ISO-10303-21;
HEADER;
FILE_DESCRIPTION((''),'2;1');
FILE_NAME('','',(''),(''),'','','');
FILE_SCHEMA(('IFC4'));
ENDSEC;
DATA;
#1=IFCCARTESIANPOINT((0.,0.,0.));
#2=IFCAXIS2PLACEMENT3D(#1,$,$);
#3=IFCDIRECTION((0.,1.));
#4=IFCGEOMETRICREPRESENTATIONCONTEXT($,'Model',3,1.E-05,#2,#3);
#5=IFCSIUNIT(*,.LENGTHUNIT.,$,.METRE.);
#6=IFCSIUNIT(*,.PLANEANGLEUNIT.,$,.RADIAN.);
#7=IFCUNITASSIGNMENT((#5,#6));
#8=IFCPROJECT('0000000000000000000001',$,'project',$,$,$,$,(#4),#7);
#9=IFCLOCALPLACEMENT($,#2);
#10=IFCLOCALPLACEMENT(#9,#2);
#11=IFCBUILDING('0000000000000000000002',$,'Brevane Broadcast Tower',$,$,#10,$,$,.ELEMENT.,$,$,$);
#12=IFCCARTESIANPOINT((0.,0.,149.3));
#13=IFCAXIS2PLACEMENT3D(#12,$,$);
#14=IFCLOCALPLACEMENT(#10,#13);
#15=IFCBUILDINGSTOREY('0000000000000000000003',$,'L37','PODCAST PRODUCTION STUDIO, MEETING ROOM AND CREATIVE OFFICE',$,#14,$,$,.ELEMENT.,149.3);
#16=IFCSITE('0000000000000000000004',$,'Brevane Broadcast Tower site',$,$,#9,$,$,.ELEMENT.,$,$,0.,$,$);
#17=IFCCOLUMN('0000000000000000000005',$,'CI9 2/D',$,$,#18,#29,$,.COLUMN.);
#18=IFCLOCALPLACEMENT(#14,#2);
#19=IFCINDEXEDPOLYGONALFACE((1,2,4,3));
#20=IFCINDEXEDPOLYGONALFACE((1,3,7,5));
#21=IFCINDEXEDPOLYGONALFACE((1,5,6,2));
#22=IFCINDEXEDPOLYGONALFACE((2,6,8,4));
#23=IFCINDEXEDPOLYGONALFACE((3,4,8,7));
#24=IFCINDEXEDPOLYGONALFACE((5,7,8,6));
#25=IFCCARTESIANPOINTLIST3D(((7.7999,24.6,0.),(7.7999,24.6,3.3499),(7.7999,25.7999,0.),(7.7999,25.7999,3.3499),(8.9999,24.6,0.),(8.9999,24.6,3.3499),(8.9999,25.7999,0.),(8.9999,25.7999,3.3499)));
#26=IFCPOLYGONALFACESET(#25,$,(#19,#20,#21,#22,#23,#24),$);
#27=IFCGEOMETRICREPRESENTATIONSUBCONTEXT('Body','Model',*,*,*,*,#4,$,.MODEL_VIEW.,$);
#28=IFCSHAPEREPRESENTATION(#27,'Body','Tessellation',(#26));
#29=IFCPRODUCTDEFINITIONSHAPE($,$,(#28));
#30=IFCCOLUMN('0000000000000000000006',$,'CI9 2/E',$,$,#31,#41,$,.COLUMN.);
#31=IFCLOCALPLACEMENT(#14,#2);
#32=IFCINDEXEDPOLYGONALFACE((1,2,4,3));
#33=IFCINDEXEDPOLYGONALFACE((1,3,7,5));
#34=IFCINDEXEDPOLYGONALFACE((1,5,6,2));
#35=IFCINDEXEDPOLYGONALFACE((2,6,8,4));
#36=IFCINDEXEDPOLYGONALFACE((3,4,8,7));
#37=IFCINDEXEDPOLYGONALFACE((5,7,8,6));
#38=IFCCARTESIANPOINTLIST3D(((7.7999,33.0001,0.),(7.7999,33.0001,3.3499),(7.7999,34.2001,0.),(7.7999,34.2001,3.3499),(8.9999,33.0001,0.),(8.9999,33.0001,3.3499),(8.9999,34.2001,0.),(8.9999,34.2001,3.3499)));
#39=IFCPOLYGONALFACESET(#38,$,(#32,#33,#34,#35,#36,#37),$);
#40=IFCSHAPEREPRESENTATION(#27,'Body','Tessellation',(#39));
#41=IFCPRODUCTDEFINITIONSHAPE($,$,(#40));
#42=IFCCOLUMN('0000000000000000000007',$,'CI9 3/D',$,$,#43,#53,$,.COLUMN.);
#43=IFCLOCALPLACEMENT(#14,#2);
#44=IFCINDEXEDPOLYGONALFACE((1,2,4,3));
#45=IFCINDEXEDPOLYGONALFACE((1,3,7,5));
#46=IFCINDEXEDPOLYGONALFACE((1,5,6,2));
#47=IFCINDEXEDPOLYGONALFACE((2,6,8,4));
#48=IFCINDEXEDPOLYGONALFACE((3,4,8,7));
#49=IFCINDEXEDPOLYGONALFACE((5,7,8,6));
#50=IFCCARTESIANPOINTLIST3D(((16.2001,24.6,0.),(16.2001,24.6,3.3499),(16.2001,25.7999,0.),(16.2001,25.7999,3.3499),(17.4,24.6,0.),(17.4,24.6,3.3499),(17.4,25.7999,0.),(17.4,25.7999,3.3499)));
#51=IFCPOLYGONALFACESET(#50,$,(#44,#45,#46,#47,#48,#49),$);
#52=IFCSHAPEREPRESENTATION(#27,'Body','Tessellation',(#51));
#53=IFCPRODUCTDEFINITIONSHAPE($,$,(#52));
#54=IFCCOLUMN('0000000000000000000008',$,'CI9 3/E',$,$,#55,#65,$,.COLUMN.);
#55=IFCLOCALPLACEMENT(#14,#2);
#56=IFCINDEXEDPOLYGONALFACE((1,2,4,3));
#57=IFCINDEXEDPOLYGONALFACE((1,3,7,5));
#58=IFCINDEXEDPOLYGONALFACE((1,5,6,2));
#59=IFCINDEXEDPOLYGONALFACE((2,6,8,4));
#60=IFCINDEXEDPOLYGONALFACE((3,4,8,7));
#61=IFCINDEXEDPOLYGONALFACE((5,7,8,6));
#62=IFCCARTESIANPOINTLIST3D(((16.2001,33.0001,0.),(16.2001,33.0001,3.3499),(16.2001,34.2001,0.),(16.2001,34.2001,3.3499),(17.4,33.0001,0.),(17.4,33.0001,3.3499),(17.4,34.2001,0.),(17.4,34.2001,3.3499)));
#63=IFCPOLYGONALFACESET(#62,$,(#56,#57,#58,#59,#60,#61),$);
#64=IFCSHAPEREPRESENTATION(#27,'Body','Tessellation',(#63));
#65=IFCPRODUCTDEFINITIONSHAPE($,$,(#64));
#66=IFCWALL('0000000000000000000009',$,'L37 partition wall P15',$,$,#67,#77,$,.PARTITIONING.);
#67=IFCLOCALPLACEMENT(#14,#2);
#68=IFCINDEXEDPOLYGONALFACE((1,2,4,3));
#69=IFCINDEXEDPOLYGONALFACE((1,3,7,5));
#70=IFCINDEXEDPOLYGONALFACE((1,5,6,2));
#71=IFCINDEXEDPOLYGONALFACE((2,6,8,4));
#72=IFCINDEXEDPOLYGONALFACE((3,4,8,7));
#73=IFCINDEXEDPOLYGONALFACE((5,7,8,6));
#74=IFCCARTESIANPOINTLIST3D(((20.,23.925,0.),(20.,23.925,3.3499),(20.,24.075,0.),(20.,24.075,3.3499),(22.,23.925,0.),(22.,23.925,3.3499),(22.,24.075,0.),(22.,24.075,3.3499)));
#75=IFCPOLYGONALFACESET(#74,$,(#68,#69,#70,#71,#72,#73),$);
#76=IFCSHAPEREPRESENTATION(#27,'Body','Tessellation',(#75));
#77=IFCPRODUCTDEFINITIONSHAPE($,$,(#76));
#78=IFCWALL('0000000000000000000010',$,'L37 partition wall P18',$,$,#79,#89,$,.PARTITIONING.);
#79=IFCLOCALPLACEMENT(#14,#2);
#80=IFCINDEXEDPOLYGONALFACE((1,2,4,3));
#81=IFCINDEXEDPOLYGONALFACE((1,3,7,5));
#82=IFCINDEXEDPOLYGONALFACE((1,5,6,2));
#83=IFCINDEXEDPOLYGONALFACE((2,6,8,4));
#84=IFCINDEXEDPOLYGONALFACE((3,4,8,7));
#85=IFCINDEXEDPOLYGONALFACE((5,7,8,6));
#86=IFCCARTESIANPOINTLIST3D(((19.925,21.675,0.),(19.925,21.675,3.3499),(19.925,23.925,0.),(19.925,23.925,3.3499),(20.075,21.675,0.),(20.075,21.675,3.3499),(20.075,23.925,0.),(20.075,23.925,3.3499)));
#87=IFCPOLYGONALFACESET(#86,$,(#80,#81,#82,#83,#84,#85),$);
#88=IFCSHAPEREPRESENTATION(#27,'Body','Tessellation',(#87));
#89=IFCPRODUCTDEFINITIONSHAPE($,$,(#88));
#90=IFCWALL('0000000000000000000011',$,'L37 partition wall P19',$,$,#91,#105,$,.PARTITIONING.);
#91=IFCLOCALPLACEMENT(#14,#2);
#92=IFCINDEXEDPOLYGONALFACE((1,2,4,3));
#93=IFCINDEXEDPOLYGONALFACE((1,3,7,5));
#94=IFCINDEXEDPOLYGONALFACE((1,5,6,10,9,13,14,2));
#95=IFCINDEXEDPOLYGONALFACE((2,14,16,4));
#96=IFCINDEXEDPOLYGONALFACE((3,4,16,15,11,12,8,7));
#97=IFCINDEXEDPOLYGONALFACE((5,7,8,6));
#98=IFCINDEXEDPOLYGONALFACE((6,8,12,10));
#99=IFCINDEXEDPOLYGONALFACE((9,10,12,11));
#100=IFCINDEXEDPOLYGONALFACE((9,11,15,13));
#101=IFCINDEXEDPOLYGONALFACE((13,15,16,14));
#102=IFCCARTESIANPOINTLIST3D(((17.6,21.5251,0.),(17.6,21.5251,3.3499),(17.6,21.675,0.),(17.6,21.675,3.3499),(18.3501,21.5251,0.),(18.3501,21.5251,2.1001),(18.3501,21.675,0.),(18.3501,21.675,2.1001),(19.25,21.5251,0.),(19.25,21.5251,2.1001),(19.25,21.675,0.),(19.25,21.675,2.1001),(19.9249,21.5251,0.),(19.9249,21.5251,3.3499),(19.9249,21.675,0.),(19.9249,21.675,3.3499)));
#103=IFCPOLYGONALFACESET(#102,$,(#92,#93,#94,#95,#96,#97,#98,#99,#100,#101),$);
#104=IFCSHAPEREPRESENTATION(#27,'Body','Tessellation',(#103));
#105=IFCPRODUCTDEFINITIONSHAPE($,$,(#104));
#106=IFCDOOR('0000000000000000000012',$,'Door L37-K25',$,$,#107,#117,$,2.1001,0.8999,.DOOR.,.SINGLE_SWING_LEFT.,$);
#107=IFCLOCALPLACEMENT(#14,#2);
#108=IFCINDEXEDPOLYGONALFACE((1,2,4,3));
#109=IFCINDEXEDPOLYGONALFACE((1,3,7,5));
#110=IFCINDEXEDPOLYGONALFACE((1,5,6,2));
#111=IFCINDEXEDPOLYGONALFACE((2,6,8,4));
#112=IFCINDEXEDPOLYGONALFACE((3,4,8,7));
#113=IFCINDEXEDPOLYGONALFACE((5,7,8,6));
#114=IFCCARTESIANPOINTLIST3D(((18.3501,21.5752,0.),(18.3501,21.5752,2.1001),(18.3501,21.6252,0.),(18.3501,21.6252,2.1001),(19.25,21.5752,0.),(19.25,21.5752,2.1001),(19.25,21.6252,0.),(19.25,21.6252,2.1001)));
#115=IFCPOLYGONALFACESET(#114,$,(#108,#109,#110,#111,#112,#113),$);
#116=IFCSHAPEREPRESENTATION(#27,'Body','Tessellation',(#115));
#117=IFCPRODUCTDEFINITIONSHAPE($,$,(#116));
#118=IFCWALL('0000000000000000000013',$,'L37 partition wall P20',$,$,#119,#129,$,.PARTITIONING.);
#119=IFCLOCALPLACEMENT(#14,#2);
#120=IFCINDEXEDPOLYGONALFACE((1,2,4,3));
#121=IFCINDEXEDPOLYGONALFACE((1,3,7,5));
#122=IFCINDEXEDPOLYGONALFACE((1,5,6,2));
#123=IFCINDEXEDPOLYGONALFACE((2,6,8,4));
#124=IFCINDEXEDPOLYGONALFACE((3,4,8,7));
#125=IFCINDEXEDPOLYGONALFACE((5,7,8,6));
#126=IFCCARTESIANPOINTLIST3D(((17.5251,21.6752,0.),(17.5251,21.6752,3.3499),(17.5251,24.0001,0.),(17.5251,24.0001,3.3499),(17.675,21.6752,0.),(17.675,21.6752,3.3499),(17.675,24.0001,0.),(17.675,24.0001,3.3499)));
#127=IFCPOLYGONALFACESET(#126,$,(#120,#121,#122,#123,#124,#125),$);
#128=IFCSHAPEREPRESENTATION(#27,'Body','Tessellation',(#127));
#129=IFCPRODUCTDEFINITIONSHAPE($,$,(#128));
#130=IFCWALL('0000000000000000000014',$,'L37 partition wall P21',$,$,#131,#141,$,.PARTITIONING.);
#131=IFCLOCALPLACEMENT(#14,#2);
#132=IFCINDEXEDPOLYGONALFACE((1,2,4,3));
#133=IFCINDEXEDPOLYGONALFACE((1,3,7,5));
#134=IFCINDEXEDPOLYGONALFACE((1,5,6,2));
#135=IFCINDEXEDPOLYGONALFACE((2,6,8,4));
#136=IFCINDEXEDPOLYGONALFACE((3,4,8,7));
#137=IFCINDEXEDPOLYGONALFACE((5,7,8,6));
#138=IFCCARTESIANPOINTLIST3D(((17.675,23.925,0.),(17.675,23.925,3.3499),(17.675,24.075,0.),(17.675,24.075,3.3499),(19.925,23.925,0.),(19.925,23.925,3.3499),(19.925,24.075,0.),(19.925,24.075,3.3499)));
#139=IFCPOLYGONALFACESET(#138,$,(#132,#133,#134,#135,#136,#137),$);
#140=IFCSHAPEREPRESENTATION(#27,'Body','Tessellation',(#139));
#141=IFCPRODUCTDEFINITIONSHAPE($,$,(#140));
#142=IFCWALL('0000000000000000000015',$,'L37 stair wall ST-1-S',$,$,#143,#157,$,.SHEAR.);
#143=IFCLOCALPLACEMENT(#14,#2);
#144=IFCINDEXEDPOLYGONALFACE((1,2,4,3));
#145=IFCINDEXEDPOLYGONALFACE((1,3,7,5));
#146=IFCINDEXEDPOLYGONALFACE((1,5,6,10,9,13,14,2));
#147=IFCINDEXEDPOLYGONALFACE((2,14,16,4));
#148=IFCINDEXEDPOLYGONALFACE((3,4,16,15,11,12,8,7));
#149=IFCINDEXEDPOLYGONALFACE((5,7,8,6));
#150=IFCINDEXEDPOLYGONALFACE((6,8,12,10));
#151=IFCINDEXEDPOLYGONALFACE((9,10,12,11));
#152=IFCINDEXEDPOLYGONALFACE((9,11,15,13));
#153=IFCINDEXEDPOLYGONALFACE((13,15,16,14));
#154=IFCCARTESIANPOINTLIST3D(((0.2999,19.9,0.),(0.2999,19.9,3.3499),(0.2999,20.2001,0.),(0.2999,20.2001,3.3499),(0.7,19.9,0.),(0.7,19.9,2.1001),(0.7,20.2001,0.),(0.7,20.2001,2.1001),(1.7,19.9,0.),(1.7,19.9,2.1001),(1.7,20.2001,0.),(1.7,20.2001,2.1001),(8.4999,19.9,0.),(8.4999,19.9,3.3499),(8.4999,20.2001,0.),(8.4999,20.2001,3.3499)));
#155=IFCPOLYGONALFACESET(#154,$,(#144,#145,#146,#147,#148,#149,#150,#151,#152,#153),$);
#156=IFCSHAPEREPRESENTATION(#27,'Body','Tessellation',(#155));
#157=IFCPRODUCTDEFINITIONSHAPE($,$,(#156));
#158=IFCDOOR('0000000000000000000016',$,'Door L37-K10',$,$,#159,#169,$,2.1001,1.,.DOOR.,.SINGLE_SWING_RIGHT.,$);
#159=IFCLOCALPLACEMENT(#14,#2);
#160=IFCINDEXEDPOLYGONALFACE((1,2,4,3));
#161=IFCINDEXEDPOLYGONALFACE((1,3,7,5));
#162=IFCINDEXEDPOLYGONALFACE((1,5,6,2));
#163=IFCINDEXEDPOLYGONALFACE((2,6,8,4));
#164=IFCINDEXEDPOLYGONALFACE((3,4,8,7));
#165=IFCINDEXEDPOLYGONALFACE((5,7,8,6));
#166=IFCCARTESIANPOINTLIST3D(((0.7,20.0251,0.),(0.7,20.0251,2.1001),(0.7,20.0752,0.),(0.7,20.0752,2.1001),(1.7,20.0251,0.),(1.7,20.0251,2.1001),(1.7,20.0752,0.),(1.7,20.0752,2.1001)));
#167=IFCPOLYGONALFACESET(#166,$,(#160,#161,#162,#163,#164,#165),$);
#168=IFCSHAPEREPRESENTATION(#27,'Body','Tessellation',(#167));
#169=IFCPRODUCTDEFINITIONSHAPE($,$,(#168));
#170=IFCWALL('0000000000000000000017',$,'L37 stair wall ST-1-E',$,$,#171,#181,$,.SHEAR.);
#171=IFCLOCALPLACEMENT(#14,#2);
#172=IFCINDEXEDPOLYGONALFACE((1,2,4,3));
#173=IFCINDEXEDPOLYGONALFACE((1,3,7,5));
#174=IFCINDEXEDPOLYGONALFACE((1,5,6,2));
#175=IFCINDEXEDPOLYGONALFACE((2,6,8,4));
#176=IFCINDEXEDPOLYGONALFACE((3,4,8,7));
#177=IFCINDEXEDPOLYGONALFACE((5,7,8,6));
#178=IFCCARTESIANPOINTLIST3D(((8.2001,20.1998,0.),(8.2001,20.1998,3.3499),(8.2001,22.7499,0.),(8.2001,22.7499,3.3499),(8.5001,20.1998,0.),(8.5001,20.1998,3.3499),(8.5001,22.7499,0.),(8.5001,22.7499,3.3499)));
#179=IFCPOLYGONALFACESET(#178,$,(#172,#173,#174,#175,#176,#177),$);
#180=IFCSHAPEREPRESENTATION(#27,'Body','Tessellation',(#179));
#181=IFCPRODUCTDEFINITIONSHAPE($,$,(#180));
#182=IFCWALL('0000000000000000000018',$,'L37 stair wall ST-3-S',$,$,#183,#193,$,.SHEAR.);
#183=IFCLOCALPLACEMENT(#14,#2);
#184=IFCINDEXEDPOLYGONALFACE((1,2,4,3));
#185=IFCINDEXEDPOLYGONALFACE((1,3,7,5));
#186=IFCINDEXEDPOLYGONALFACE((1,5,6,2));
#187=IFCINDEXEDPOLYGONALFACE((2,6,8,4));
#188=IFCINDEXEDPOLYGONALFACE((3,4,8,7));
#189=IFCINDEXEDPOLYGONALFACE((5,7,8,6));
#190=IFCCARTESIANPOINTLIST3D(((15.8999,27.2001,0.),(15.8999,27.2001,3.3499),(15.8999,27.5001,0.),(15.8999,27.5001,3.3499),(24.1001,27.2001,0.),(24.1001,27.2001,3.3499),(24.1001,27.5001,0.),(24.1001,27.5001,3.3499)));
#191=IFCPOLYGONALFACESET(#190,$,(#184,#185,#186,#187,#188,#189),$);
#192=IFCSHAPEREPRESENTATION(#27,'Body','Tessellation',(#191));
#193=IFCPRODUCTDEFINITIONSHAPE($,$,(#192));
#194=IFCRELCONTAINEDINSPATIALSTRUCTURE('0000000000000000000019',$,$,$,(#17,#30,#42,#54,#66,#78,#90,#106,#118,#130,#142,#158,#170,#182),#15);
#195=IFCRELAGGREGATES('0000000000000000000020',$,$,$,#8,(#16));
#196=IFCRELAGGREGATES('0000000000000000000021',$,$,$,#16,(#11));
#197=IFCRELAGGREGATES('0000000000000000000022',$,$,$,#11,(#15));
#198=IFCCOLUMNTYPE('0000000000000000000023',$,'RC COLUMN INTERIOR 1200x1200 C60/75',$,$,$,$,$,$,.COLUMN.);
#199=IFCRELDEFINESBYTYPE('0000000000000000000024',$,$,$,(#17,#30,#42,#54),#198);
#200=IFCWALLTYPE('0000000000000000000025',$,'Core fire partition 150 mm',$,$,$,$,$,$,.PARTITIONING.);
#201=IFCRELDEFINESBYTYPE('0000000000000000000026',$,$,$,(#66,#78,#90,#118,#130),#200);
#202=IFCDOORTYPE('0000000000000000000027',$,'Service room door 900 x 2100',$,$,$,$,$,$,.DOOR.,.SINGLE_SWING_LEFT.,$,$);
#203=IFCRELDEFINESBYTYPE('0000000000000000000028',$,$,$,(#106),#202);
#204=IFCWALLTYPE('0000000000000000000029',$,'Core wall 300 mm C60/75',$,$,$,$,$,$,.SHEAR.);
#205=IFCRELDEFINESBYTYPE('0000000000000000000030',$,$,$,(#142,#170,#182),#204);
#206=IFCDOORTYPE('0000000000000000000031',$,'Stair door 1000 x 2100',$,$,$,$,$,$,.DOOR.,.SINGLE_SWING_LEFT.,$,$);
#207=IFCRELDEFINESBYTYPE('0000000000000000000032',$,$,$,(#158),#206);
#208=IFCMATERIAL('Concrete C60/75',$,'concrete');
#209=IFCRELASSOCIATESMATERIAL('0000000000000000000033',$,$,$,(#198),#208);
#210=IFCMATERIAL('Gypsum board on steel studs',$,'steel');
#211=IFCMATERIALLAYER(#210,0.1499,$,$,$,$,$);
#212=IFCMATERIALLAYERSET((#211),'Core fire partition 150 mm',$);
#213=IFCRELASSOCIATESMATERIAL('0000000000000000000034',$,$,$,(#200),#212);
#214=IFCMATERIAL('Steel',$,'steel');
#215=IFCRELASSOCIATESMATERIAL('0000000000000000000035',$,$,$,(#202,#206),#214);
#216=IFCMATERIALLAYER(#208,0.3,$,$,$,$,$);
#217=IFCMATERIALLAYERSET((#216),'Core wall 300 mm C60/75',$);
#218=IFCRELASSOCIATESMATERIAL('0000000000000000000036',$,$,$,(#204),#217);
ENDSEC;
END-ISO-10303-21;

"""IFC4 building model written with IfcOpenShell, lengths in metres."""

from ifc_helpers import new_model, si_unit, direction, frame, frame_2d, origin, origin_2d, place, context, subcontext, project, spatial, rectangle, extrude, material, layer, layer_set, material_profile, profile_set, type_object, element, fill, save


model = new_model("IFC4")

# Units and contexts
model_context = context("Model", 3, precision=1e-05, world=origin(), true_north=direction((0.0, 1.0)))
body_context = subcontext(model_context, "Body", "Model", "MODEL_VIEW")
ifc_project = project(units=[si_unit("LENGTHUNIT", "METRE"), si_unit("PLANEANGLEUNIT", "RADIAN")], contexts=[model_context])

# Site, building, storey
site_placement = place(None, origin())
site = spatial("IfcSite", under=ifc_project, at=site_placement, Name="Brevane Broadcast Tower site", CompositionType="ELEMENT", RefElevation=0.0)
building_placement = place(site_placement, origin())
building = spatial("IfcBuilding", under=site, at=building_placement, Name="Brevane Broadcast Tower", CompositionType="ELEMENT")
storey_placement = place(building_placement, frame((0.0, 0.0, 149.3)))
storey = spatial("IfcBuildingStorey", under=building, at=storey_placement, Name="L37", Description="PODCAST PRODUCTION STUDIO, MEETING ROOM AND CREATIVE OFFICE", CompositionType="ELEMENT", Elevation=149.3)

# Columns
ifc_material_1 = material(Name="Concrete C60/75", Category="concrete")
ifc_material_profile = material_profile(ifc_material_1, rectangle(XDim=1.2, YDim=1.2, at=origin_2d()), Name="RC 1200x1200")
ifc_profile_set = profile_set([ifc_material_profile], Name="Concrete C60/75")
column_type = type_object("IfcColumnType", Name="RC COLUMN INTERIOR 1200x1200 C60/75", PredefinedType="COLUMN", material=ifc_profile_set)
for number, where, z_axis, x_axis, name in (
    (1, (8.3999, 25.2, 0.0), (0.0, 0.0, 1.0), (1.0, 0.0, 0.0), "CI9 2/D"),
    (2, (8.3999, 33.6001, 0.0), (0.0, 0.0, 1.0), (1.0, 0.0, 0.0), "CI9 2/E"),
    (3, (16.8, 25.2, 0.0), (0.0, 0.0, 1.0), (1.0, 0.0, 0.0), "CI9 3/D"),
    (4, (16.8, 33.6001, 0.0), (0.0, 0.0, 1.0), (1.0, 0.0, 0.0), "CI9 3/E"),
):
    element("IfcColumn", number, at=place(storey_placement, frame(where, z_axis=z_axis, x_axis=x_axis)), inside=storey, type_object=column_type, Name=name, PredefinedType="COLUMN", context=body_context, shape_type="SweptSolid", body=[
        extrude(rectangle(XDim=1.2, YDim=1.2, at=origin_2d()), origin(), (0.0, 0.0, 1.0), 3.3499),
    ])

# Walls
ifc_material_2 = material(Name="Gypsum board on steel studs", Category="steel")
ifc_layer_1 = layer(ifc_material_2, 0.1499)
ifc_layer_set_1 = layer_set([ifc_layer_1], Name="Core fire partition 150 mm")
wall_type_1 = type_object("IfcWallType", Name="Core fire partition 150 mm", PredefinedType="PARTITIONING", material=ifc_layer_set_1)
wall_1_placement = place(storey_placement, frame((20.0, 24.0, 0.0), z_axis=(0.0, 0.0, 1.0), x_axis=(1.0, 0.0, 0.0)))
element("IfcWall", 5, at=wall_1_placement, inside=storey, type_object=wall_type_1, Name="L37 partition wall P15", PredefinedType="PARTITIONING", context=body_context, shape_type="SweptSolid", body=[
    extrude(rectangle(XDim=2.0, YDim=0.1499, at=frame_2d((1.0, 0.0))), origin(), (0.0, 0.0, 1.0), 3.3499),
])
wall_2_placement = place(storey_placement, frame((20.0, 21.675, 0.0), z_axis=(0.0, 0.0, 1.0), x_axis=(0.0, 1.0, 0.0)))
element("IfcWall", 6, at=wall_2_placement, inside=storey, type_object=wall_type_1, Name="L37 partition wall P18", PredefinedType="PARTITIONING", context=body_context, shape_type="SweptSolid", body=[
    extrude(rectangle(XDim=2.25, YDim=0.1499, at=frame_2d((1.125, 0.0))), origin(), (0.0, 0.0, 1.0), 3.3499),
])

# Wall, opening, door
wall_3_placement = place(storey_placement, frame((19.925, 21.6001, 0.0), z_axis=(0.0, 0.0, 1.0), x_axis=(-1.0, 0.0, 0.0)))
wall_3 = element("IfcWall", 7, at=wall_3_placement, inside=storey, type_object=wall_type_1, Name="L37 partition wall P19", PredefinedType="PARTITIONING", context=body_context, shape_type="SweptSolid", body=[
    extrude(rectangle(XDim=2.325, YDim=0.1499, at=frame_2d((1.1626, 0.0))), origin(), (0.0, 0.0, 1.0), 3.3499),
])
opening_1_placement = place(wall_3_placement, frame((0.675, 0.0, 0.0)))
opening_1 = element("IfcOpeningElement", 8, at=opening_1_placement, cuts=wall_3, PredefinedType="OPENING", context=body_context, shape_type="SweptSolid", body=[
    extrude(rectangle(XDim=0.8999, YDim=2.1001, at=frame_2d((0.45, 1.05))), frame((0.0, 0.085, 0.0), z_axis=(0.0, -1.0, 0.0), x_axis=(1.0, 0.0, 0.0)), (0.0, 0.0, 1.0), 0.1699),
])
ifc_material_3 = material(Name="Steel", Category="steel")
door_type_1 = type_object("IfcDoorType", Name="Service room door 900 x 2100", OperationType="SINGLE_SWING_LEFT", PredefinedType="DOOR", material=ifc_material_3)
door_1_placement = place(opening_1_placement, origin())
door_1 = element("IfcDoor", 9, at=door_1_placement, inside=storey, type_object=door_type_1, Name="Door L37-K25", OperationType="SINGLE_SWING_LEFT", OverallHeight=2.1001, OverallWidth=0.8999, PredefinedType="DOOR", context=body_context, shape_type="SweptSolid", body=[
    extrude(rectangle(XDim=0.8999, YDim=2.1001, at=frame_2d((0.45, 1.05))), frame((0.0, 0.0249, 0.0), z_axis=(0.0, -1.0, 0.0), x_axis=(1.0, 0.0, 0.0)), (0.0, 0.0, 1.0), 0.05),
])
fill(opening_1, door_1)

# Walls
wall_4_placement = place(storey_placement, frame((17.6001, 21.675, 0.0), z_axis=(0.0, 0.0, 1.0), x_axis=(0.0, 1.0, 0.0)))
element("IfcWall", 10, at=wall_4_placement, inside=storey, type_object=wall_type_1, Name="L37 partition wall P20", PredefinedType="PARTITIONING", context=body_context, shape_type="SweptSolid", body=[
    extrude(rectangle(XDim=2.325, YDim=0.1499, at=frame_2d((1.1626, 0.0))), origin(), (0.0, 0.0, 1.0), 3.3499),
])
wall_5_placement = place(storey_placement, frame((17.675, 24.0, 0.0), z_axis=(0.0, 0.0, 1.0), x_axis=(1.0, 0.0, 0.0)))
element("IfcWall", 11, at=wall_5_placement, inside=storey, type_object=wall_type_1, Name="L37 partition wall P21", PredefinedType="PARTITIONING", context=body_context, shape_type="SweptSolid", body=[
    extrude(rectangle(XDim=2.25, YDim=0.1499, at=frame_2d((1.125, 0.0))), origin(), (0.0, 0.0, 1.0), 3.3499),
])

# Wall, opening, door
ifc_layer_2 = layer(ifc_material_1, 0.3)
ifc_layer_set_2 = layer_set([ifc_layer_2], Name="Core wall 300 mm C60/75")
wall_type_2 = type_object("IfcWallType", Name="Core wall 300 mm C60/75", PredefinedType="SHEAR", material=ifc_layer_set_2)
wall_6_placement = place(storey_placement, frame((8.5, 20.05, 0.0), z_axis=(0.0, 0.0, 1.0), x_axis=(-1.0, 0.0, 0.0)))
wall_6 = element("IfcWall", 12, at=wall_6_placement, inside=storey, type_object=wall_type_2, Name="L37 stair wall ST-1-S", PredefinedType="SHEAR", context=body_context, shape_type="SweptSolid", body=[
    extrude(rectangle(XDim=8.2, YDim=0.3, at=frame_2d((4.1001, 0.0))), origin(), (0.0, 0.0, 1.0), 3.3499),
])
opening_2_placement = place(wall_6_placement, frame((6.8, 0.0, 0.0)))
opening_2 = element("IfcOpeningElement", 13, at=opening_2_placement, cuts=wall_6, PredefinedType="OPENING", context=body_context, shape_type="SweptSolid", body=[
    extrude(rectangle(XDim=1.0, YDim=2.1001, at=frame_2d((0.5, 1.05))), frame((0.0, 0.1599, 0.0), z_axis=(0.0, -1.0, 0.0), x_axis=(1.0, 0.0, 0.0)), (0.0, 0.0, 1.0), 0.3201),
])
door_type_2 = type_object("IfcDoorType", Name="Stair door 1000 x 2100", OperationType="SINGLE_SWING_LEFT", PredefinedType="DOOR", material=ifc_material_3)
door_2_placement = place(opening_2_placement, origin())
door_2 = element("IfcDoor", 14, at=door_2_placement, inside=storey, type_object=door_type_2, Name="Door L37-K10", OperationType="SINGLE_SWING_RIGHT", OverallHeight=2.1001, OverallWidth=1.0, PredefinedType="DOOR", context=body_context, shape_type="SweptSolid", body=[
    extrude(rectangle(XDim=1.0, YDim=2.1001, at=frame_2d((0.5, 1.05))), frame((0.0, 0.0249, 0.0), z_axis=(0.0, -1.0, 0.0), x_axis=(1.0, 0.0, 0.0)), (0.0, 0.0, 1.0), 0.05),
])
fill(opening_2, door_2)

# Walls
wall_7_placement = place(storey_placement, frame((8.3501, 20.2, 0.0), z_axis=(0.0, 0.0, 1.0), x_axis=(0.0, 1.0, 0.0)))
element("IfcWall", 15, at=wall_7_placement, inside=storey, type_object=wall_type_2, Name="L37 stair wall ST-1-E", PredefinedType="SHEAR", context=body_context, shape_type="SweptSolid", body=[
    extrude(rectangle(XDim=2.55, YDim=0.3, at=frame_2d((1.2749, 0.0))), origin(), (0.0, 0.0, 1.0), 3.3499),
])
for number, where, z_axis, x_axis, name in (
    (16, (15.8999, 27.3501, 0.0), (0.0, 0.0, 1.0), (1.0, 0.0, 0.0), "L37 stair wall ST-3-S"),
):
    element("IfcWall", number, at=place(storey_placement, frame(where, z_axis=z_axis, x_axis=x_axis)), inside=storey, type_object=wall_type_2, Name=name, PredefinedType="SHEAR", context=body_context, shape_type="SweptSolid", body=[
        extrude(rectangle(XDim=8.2002, YDim=0.3, at=frame_2d((4.1001, 0.0))), origin(), (0.0, 0.0, 1.0), 3.3499),
    ])

save(model, "model.ifc")
